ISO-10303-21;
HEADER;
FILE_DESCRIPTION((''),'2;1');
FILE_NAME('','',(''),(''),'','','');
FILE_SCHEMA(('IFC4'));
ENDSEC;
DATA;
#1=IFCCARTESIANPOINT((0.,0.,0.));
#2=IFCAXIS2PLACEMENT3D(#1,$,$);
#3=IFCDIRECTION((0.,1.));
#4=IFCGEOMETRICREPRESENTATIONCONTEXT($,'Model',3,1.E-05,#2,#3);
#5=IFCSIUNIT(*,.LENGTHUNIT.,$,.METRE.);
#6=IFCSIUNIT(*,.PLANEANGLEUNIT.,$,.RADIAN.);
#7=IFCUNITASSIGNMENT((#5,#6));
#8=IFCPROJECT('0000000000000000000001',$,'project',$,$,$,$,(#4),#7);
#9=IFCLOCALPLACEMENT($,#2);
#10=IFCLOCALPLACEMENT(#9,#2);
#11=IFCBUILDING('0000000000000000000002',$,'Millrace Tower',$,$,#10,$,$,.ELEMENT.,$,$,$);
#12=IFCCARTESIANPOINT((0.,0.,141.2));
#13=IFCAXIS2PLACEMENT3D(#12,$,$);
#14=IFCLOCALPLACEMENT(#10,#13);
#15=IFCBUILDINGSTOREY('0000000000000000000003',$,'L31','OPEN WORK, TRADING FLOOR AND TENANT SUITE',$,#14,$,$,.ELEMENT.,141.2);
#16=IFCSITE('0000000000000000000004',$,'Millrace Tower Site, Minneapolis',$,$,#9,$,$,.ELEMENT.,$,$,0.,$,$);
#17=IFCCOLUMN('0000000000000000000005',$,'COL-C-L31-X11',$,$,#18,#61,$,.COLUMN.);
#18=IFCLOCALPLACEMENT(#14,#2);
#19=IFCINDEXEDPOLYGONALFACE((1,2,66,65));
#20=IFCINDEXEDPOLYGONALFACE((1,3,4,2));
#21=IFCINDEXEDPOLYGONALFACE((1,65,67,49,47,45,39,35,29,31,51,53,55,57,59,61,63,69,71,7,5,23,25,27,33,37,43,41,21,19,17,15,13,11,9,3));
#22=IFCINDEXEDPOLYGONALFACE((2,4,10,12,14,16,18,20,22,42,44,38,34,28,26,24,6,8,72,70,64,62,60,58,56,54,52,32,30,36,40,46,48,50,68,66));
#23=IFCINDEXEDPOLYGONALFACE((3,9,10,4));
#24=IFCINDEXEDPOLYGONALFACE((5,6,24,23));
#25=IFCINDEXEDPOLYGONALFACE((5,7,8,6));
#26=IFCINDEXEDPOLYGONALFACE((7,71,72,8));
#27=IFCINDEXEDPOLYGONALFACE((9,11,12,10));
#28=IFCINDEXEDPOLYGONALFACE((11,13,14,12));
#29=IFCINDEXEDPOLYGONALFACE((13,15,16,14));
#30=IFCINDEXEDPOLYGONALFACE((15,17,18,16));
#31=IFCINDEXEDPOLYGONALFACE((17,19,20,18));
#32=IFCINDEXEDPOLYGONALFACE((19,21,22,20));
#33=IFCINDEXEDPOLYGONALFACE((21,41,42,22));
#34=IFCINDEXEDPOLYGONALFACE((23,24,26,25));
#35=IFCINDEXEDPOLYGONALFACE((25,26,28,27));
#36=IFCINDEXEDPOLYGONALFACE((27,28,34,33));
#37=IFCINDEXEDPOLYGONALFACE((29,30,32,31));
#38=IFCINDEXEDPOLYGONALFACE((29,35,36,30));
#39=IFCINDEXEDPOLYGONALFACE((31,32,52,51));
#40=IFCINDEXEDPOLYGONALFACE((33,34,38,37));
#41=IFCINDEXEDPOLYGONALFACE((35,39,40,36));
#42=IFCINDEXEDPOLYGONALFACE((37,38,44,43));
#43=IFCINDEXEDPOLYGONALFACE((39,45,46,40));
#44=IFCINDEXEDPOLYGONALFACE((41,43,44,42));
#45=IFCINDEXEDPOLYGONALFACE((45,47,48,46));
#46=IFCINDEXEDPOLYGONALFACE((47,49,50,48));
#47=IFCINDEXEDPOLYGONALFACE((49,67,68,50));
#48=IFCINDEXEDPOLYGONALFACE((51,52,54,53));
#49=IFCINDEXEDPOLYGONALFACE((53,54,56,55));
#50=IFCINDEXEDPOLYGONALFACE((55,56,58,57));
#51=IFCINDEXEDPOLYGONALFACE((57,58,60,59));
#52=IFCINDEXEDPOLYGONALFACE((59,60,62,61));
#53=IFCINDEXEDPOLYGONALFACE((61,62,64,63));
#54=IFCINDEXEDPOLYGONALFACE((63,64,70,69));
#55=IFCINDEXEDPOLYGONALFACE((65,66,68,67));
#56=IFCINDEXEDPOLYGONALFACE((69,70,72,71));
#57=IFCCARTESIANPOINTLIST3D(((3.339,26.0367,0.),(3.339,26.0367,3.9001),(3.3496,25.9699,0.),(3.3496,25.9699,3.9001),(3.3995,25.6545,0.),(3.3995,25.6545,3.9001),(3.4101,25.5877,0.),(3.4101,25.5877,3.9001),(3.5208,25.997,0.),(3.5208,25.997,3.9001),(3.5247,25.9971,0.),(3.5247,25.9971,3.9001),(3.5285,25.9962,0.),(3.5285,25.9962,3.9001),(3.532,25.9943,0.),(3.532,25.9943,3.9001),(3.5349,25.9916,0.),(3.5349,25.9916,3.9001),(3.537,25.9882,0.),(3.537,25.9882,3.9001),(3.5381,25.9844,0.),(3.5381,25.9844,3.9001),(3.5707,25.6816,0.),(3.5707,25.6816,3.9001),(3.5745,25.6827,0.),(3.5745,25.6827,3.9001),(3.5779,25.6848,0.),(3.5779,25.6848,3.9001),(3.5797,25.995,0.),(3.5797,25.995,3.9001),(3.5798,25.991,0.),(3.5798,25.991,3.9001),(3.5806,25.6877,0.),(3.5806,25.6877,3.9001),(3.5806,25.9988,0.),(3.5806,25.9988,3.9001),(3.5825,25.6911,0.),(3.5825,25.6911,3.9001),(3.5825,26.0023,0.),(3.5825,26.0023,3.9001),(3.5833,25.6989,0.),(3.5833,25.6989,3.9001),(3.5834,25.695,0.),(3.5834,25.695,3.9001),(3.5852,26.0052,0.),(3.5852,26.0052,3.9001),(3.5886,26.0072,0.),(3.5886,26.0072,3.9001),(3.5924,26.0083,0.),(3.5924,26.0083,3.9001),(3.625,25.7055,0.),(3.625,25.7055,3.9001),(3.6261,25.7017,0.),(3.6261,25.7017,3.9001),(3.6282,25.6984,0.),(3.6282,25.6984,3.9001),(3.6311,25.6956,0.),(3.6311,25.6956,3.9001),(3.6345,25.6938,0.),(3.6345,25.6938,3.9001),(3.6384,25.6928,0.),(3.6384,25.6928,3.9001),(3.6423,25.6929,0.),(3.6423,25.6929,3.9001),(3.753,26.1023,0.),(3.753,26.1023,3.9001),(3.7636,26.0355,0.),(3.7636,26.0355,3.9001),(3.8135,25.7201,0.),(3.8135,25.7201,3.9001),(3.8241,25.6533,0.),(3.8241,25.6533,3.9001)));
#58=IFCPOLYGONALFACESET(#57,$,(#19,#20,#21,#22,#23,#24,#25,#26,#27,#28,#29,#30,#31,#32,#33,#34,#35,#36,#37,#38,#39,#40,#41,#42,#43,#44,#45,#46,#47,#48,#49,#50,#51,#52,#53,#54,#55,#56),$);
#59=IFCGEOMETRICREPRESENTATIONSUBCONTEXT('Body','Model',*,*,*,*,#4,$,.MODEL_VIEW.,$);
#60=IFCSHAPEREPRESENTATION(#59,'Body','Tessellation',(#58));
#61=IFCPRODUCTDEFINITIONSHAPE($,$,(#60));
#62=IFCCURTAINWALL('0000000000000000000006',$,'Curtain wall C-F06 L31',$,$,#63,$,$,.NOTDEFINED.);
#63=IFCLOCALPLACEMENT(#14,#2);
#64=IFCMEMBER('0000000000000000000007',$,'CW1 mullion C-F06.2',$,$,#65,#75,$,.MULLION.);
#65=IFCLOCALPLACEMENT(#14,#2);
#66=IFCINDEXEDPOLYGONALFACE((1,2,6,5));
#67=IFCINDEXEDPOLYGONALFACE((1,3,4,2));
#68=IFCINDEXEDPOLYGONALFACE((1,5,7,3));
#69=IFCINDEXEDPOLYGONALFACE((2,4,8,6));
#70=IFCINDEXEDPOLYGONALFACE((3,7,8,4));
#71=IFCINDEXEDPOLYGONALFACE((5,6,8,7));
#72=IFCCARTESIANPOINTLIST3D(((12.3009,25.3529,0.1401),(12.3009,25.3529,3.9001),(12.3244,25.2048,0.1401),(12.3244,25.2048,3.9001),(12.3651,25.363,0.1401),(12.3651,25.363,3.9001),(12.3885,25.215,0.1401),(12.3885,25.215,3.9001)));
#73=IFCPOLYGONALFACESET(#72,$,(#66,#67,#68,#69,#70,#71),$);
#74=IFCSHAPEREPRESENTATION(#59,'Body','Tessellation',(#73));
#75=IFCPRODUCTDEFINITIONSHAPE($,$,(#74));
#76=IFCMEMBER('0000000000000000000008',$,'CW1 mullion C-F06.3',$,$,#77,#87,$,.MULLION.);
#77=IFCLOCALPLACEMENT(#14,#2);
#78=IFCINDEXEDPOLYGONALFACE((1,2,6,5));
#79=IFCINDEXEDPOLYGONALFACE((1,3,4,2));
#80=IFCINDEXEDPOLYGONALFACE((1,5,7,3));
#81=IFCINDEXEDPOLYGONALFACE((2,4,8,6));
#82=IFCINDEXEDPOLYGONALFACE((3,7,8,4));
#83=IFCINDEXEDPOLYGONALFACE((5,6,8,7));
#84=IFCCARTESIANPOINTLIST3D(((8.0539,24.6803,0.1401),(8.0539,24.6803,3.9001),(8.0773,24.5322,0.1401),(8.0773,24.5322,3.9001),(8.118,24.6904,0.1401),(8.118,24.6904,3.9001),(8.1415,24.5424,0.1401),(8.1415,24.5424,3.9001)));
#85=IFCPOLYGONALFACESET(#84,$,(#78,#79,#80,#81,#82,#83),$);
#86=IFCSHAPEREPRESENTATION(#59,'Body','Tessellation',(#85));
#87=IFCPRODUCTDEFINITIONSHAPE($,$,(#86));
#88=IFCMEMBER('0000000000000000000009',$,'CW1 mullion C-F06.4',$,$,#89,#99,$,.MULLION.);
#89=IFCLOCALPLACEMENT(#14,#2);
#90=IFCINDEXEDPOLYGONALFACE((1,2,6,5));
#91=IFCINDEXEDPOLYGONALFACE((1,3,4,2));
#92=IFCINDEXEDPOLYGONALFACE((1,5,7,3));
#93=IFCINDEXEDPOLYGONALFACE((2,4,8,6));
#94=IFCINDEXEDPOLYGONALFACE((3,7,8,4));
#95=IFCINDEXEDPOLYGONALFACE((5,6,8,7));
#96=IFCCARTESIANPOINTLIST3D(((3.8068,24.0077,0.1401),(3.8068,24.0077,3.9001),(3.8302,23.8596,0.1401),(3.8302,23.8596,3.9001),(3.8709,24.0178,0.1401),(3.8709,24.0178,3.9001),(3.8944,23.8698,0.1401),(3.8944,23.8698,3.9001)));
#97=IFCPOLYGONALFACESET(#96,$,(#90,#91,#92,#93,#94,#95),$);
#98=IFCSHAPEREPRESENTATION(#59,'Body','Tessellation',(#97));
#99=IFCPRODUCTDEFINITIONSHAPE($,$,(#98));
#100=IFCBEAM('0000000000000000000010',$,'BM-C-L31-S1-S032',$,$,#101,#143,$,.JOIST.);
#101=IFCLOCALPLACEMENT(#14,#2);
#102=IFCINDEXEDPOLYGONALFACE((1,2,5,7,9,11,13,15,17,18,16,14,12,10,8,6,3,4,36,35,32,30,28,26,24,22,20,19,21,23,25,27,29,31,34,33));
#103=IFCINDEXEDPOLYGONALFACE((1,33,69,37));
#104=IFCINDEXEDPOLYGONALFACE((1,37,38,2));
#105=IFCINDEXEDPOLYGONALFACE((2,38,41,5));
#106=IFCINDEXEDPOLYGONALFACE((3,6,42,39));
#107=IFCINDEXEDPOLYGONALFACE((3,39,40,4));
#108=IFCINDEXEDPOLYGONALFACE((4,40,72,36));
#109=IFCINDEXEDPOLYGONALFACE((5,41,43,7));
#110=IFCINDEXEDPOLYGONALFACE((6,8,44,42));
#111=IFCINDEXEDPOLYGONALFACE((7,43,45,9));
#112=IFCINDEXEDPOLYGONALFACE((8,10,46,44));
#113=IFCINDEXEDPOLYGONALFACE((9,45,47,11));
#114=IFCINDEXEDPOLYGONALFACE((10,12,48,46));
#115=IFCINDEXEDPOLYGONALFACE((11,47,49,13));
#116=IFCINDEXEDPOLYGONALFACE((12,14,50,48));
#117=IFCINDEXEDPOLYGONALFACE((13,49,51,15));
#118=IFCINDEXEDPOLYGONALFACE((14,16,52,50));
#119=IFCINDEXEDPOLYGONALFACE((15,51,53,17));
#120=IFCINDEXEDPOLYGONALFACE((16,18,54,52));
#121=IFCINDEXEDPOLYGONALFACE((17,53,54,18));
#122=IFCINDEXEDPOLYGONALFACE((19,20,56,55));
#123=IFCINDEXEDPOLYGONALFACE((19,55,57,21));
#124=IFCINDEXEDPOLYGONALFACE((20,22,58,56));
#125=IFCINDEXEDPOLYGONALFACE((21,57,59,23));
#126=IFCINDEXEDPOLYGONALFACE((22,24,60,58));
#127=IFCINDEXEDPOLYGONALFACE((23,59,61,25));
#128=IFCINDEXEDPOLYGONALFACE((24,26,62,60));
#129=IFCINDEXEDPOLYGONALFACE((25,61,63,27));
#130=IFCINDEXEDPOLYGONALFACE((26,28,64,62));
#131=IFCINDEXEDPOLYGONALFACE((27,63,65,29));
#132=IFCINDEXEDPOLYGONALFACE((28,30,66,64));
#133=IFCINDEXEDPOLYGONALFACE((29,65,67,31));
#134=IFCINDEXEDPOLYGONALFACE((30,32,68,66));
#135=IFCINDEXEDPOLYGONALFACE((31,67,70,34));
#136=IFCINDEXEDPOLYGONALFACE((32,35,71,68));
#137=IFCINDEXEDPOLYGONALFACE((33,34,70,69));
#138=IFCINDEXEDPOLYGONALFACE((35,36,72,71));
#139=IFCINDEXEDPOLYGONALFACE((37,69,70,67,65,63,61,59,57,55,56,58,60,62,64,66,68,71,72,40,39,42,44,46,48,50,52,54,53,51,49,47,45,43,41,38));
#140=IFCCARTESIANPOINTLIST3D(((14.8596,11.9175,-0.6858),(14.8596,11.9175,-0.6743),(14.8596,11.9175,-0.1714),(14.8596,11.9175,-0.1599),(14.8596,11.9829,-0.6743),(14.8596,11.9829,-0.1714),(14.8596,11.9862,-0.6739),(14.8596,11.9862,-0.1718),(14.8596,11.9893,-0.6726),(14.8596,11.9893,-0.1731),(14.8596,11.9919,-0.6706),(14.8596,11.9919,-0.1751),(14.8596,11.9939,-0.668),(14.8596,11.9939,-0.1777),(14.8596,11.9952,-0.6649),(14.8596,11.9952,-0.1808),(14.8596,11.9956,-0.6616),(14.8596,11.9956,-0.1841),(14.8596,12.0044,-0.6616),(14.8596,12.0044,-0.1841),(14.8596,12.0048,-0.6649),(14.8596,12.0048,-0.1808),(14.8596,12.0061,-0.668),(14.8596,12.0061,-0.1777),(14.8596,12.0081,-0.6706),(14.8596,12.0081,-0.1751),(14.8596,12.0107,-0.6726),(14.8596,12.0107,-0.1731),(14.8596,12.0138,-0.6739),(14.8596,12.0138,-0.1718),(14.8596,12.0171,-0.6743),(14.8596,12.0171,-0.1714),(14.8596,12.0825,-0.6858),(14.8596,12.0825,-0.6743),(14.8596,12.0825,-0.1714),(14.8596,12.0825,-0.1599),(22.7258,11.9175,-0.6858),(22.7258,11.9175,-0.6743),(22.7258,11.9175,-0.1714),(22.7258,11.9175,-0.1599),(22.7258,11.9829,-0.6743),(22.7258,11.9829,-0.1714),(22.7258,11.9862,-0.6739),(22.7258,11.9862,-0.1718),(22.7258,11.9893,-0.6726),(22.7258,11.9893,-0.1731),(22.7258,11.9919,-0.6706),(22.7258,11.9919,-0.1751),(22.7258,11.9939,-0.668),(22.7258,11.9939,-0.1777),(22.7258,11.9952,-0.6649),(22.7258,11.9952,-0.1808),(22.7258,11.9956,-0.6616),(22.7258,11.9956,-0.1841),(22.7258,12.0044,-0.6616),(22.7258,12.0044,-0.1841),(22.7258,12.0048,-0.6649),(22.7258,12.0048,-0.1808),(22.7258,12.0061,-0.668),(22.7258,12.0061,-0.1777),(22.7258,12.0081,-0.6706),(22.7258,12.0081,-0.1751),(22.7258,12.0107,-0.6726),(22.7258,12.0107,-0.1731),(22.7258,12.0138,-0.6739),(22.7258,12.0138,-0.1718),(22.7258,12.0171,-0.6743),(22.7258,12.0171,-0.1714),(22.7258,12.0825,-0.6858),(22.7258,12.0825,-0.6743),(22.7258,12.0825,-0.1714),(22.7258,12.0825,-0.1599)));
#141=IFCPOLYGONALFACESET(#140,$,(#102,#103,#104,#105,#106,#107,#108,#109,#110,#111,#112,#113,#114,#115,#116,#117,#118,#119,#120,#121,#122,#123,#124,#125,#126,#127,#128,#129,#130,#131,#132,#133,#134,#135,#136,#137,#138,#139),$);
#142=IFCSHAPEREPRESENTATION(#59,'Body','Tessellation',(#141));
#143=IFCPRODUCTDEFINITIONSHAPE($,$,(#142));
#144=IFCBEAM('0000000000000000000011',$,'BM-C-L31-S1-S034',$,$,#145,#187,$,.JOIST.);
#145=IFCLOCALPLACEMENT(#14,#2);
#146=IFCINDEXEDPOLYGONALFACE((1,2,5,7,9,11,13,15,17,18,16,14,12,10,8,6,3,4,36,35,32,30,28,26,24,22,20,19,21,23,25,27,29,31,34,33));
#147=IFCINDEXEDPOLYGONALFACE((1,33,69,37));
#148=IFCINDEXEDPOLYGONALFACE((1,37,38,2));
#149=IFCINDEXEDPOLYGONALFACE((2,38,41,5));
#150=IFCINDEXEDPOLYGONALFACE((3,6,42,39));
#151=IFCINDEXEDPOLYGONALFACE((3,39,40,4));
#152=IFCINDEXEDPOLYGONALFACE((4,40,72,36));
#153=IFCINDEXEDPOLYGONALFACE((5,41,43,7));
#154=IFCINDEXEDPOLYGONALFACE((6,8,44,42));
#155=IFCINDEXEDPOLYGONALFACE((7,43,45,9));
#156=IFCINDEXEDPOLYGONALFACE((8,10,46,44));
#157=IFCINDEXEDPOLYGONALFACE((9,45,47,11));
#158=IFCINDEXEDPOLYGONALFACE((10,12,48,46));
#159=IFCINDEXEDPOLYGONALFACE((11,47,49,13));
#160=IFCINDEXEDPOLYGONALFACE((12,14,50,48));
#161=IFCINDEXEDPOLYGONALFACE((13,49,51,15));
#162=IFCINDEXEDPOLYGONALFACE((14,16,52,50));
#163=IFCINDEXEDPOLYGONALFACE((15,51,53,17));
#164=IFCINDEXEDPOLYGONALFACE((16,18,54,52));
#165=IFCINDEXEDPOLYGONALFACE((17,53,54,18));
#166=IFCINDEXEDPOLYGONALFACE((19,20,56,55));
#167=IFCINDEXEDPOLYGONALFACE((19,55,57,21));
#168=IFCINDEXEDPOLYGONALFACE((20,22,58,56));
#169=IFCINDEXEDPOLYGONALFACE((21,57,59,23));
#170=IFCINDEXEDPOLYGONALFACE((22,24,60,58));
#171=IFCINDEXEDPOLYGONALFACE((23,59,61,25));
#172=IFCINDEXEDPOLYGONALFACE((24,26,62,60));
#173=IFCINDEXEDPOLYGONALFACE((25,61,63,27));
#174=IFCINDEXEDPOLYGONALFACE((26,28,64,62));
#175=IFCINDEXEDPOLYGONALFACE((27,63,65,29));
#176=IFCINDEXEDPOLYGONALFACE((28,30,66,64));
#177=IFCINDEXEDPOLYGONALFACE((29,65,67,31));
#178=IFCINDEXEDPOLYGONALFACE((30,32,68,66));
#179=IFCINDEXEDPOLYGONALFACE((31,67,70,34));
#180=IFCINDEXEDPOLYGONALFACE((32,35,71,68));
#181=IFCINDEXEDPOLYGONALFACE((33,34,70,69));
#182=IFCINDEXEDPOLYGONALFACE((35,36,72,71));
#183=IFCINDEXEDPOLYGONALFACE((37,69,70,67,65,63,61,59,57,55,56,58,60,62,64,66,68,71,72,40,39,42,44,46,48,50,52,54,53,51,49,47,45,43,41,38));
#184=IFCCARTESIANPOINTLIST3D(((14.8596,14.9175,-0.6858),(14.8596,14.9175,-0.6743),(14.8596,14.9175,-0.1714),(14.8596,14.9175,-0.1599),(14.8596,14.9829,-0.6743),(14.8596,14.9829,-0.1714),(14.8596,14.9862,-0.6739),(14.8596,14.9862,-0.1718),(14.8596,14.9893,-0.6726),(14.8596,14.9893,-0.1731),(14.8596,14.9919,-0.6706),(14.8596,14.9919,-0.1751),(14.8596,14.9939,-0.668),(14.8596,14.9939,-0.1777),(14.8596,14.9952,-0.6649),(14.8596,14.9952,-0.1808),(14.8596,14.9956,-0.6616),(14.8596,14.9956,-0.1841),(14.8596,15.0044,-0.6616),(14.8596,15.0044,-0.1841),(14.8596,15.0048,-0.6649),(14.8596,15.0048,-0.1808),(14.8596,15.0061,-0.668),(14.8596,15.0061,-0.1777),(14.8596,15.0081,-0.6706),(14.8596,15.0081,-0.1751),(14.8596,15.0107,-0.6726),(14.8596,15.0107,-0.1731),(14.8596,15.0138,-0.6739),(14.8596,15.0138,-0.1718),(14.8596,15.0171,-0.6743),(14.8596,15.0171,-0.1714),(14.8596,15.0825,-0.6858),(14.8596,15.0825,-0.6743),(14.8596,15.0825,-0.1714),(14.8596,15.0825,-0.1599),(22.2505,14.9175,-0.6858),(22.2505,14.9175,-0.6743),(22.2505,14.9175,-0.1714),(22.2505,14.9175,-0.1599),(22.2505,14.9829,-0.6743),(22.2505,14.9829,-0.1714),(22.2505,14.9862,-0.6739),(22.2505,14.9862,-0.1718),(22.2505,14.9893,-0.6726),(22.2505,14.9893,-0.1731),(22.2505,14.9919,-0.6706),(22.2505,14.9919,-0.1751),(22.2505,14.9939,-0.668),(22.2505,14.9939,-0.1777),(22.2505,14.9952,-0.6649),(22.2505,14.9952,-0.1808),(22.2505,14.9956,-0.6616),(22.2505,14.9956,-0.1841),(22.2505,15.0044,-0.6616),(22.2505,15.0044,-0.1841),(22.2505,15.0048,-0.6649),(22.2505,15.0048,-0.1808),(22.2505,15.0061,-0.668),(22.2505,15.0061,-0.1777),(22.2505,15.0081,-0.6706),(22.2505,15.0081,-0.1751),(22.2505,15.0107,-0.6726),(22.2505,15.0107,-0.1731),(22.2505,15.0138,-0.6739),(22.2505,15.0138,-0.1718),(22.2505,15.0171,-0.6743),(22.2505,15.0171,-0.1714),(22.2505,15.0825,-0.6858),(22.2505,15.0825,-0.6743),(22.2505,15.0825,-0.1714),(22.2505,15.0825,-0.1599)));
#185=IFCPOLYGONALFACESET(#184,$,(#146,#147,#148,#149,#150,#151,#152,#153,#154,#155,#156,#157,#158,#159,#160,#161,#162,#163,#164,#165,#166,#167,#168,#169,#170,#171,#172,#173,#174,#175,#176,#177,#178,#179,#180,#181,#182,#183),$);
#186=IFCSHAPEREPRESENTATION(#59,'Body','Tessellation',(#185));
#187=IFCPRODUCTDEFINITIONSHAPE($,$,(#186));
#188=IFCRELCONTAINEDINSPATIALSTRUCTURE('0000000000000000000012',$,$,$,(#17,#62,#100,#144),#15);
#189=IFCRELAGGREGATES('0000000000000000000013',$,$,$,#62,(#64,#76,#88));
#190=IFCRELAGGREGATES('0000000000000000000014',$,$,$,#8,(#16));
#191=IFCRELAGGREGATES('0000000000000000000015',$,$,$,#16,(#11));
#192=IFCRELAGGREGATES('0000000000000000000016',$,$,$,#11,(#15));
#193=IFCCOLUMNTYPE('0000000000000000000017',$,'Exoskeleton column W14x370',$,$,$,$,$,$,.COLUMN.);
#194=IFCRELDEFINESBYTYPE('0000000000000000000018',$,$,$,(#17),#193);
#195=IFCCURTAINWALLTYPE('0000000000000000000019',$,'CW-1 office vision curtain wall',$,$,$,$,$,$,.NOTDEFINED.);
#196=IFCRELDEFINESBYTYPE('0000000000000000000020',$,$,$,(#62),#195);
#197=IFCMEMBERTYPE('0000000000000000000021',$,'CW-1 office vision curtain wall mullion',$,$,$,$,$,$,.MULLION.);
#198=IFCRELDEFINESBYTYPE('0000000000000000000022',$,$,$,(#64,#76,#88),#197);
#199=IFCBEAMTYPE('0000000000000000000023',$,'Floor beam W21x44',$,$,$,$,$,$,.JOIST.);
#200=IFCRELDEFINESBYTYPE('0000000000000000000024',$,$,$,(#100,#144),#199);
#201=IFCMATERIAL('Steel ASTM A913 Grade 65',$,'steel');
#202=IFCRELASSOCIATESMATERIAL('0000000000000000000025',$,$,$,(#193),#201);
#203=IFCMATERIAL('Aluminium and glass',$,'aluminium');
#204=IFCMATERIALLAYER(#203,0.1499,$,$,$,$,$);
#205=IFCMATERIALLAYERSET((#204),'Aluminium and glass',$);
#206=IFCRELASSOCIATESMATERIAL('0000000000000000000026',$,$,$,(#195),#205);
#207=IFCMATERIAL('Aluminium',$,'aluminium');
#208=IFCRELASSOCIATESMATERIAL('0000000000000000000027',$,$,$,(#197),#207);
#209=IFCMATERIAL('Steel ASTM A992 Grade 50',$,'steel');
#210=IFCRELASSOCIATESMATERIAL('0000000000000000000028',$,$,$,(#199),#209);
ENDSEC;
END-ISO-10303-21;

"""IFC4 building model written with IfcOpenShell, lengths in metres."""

from ifc_helpers import new_model, si_unit, direction, frame, origin, origin_2d, place, context, subcontext, project, spatial, rectangle, i_section, extrude, material, layer, layer_set, material_profile, profile_set, type_object, element, aggregate, save


model = new_model("IFC4")

# Units and contexts
model_context = context("Model", 3, precision=1e-05, world=origin(), true_north=direction((0.0, 1.0)))
body_context = subcontext(model_context, "Body", "Model", "MODEL_VIEW")
ifc_project = project(units=[si_unit("LENGTHUNIT", "METRE"), si_unit("PLANEANGLEUNIT", "RADIAN")], contexts=[model_context])

# Site, building, storey
site_placement = place(None, origin())
site = spatial("IfcSite", under=ifc_project, at=site_placement, Name="Millrace Tower Site, Minneapolis", CompositionType="ELEMENT", RefElevation=0.0)
building_placement = place(site_placement, origin())
building = spatial("IfcBuilding", under=site, at=building_placement, Name="Millrace Tower", CompositionType="ELEMENT")
storey_placement = place(building_placement, frame((0.0, 0.0, 141.2)))
storey = spatial("IfcBuildingStorey", under=building, at=storey_placement, Name="L31", Description="OPEN WORK, TRADING FLOOR AND TENANT SUITE", CompositionType="ELEMENT", Elevation=141.2)

# Column
ifc_material_1 = material(Name="Steel ASTM A913 Grade 65", Category="steel")
ifc_material_profile_1 = material_profile(ifc_material_1, i_section(OverallWidth=0.4192, OverallDepth=0.4546, WebThickness=0.0422, FlangeThickness=0.0676, FilletRadius=0.0151, at=origin_2d()))
ifc_profile_set_1 = profile_set([ifc_material_profile_1], Name="Steel ASTM A913 Grade 65")
column_type = type_object("IfcColumnType", Name="Exoskeleton column W14x370", PredefinedType="COLUMN", material=ifc_profile_set_1)
column_placement = place(storey_placement, frame((3.5815, 25.845, 0.0), z_axis=(0.0, 0.0, 1.0), x_axis=(-0.987688, -0.156434, 0.0)))
element("IfcColumn", 1, at=column_placement, inside=storey, type_object=column_type, Name="COL-C-L31-X11", PredefinedType="COLUMN", context=body_context, shape_type="SweptSolid", body=[
    extrude(i_section(OverallWidth=0.4192, OverallDepth=0.4546, WebThickness=0.0422, FlangeThickness=0.0676, FilletRadius=0.0151, at=origin_2d()), origin(), (0.0, 0.0, 1.0), 3.9001),
])

# Curtain wall, members
ifc_material_2 = material(Name="Aluminium and glass", Category="aluminium")
ifc_layer_1 = layer(ifc_material_2, 0.1499)
ifc_layer_set_1 = layer_set([ifc_layer_1], Name="Aluminium and glass")
curtain_wall_type = type_object("IfcCurtainWallType", Name="CW-1 office vision curtain wall", PredefinedType="NOTDEFINED", material=ifc_layer_set_1)
curtain_wall_placement = place(storey_placement, origin())
curtain_wall = element("IfcCurtainWall", 2, at=curtain_wall_placement, inside=storey, type_object=curtain_wall_type, Name="Curtain wall C-F06 L31", PredefinedType="NOTDEFINED")
ifc_material_3 = material(Name="Aluminium", Category="aluminium")
ifc_material_profile_2 = material_profile(ifc_material_3, rectangle(XDim=0.0649, YDim=0.1499, at=origin_2d()))
ifc_profile_set_2 = profile_set([ifc_material_profile_2], Name="Aluminium")
member_type = type_object("IfcMemberType", Name="CW-1 office vision curtain wall mullion", PredefinedType="MULLION", material=ifc_profile_set_2)
member_1_placement = place(storey_placement, frame((12.3447, 25.2839, 0.1401), z_axis=(0.0, 0.0, 1.0), x_axis=(-0.987688, -0.156434, 0.0)))
member_1 = element("IfcMember", 3, at=member_1_placement, type_object=member_type, Name="CW1 mullion C-F06.2", PredefinedType="MULLION", context=body_context, shape_type="SweptSolid", body=[
    extrude(rectangle(XDim=0.0649, YDim=0.1499, at=origin_2d()), origin(), (0.0, 0.0, 1.0), 3.76),
])
member_2_placement = place(storey_placement, frame((8.0977, 24.6113, 0.1401), z_axis=(0.0, 0.0, 1.0), x_axis=(-0.987688, -0.156434, 0.0)))
member_2 = element("IfcMember", 4, at=member_2_placement, type_object=member_type, Name="CW1 mullion C-F06.3", PredefinedType="MULLION", context=body_context, shape_type="SweptSolid", body=[
    extrude(rectangle(XDim=0.0649, YDim=0.1499, at=origin_2d()), origin(), (0.0, 0.0, 1.0), 3.76),
])
member_3_placement = place(storey_placement, frame((3.8506, 23.9387, 0.1401), z_axis=(0.0, 0.0, 1.0), x_axis=(-0.987688, -0.156434, 0.0)))
member_3 = element("IfcMember", 5, at=member_3_placement, type_object=member_type, Name="CW1 mullion C-F06.4", PredefinedType="MULLION", context=body_context, shape_type="SweptSolid", body=[
    extrude(rectangle(XDim=0.0649, YDim=0.1499, at=origin_2d()), origin(), (0.0, 0.0, 1.0), 3.76),
])
aggregate(curtain_wall, [member_1, member_2, member_3])

# Beams
ifc_material_4 = material(Name="Steel ASTM A992 Grade 50", Category="steel")
ifc_material_profile_3 = material_profile(ifc_material_4, i_section(OverallWidth=0.165, OverallDepth=0.5259, WebThickness=0.0088, FlangeThickness=0.0115, FilletRadius=0.0127, at=origin_2d()))
ifc_profile_set_3 = profile_set([ifc_material_profile_3], Name="Steel ASTM A992 Grade 50")
beam_type_1 = type_object("IfcBeamType", Name="Floor beam W21x44", PredefinedType="JOIST", material=ifc_profile_set_3)
beam_1_placement = place(storey_placement, frame((14.8596, 12.0, -0.4229), z_axis=(1.0, 0.0, 0.0), x_axis=(0.0, 1.0, 0.0)))
element("IfcBeam", 6, at=beam_1_placement, inside=storey, type_object=beam_type_1, Name="BM-C-L31-S1-S032", PredefinedType="JOIST", context=body_context, shape_type="SweptSolid", body=[
    extrude(i_section(OverallWidth=0.165, OverallDepth=0.5259, WebThickness=0.0088, FlangeThickness=0.0115, FilletRadius=0.0127, at=origin_2d()), origin(), (0.0, 0.0, 1.0), 7.8662),
])
beam_2_placement = place(storey_placement, frame((14.8596, 15.0, -0.4229), z_axis=(1.0, 0.0, 0.0), x_axis=(0.0, 1.0, 0.0)))
element("IfcBeam", 7, at=beam_2_placement, inside=storey, type_object=beam_type_1, Name="BM-C-L31-S1-S034", PredefinedType="JOIST", context=body_context, shape_type="SweptSolid", body=[
    extrude(i_section(OverallWidth=0.165, OverallDepth=0.5259, WebThickness=0.0088, FlangeThickness=0.0115, FilletRadius=0.0127, at=origin_2d()), origin(), (0.0, 0.0, 1.0), 7.3909),
])

save(model, "model.ifc")
